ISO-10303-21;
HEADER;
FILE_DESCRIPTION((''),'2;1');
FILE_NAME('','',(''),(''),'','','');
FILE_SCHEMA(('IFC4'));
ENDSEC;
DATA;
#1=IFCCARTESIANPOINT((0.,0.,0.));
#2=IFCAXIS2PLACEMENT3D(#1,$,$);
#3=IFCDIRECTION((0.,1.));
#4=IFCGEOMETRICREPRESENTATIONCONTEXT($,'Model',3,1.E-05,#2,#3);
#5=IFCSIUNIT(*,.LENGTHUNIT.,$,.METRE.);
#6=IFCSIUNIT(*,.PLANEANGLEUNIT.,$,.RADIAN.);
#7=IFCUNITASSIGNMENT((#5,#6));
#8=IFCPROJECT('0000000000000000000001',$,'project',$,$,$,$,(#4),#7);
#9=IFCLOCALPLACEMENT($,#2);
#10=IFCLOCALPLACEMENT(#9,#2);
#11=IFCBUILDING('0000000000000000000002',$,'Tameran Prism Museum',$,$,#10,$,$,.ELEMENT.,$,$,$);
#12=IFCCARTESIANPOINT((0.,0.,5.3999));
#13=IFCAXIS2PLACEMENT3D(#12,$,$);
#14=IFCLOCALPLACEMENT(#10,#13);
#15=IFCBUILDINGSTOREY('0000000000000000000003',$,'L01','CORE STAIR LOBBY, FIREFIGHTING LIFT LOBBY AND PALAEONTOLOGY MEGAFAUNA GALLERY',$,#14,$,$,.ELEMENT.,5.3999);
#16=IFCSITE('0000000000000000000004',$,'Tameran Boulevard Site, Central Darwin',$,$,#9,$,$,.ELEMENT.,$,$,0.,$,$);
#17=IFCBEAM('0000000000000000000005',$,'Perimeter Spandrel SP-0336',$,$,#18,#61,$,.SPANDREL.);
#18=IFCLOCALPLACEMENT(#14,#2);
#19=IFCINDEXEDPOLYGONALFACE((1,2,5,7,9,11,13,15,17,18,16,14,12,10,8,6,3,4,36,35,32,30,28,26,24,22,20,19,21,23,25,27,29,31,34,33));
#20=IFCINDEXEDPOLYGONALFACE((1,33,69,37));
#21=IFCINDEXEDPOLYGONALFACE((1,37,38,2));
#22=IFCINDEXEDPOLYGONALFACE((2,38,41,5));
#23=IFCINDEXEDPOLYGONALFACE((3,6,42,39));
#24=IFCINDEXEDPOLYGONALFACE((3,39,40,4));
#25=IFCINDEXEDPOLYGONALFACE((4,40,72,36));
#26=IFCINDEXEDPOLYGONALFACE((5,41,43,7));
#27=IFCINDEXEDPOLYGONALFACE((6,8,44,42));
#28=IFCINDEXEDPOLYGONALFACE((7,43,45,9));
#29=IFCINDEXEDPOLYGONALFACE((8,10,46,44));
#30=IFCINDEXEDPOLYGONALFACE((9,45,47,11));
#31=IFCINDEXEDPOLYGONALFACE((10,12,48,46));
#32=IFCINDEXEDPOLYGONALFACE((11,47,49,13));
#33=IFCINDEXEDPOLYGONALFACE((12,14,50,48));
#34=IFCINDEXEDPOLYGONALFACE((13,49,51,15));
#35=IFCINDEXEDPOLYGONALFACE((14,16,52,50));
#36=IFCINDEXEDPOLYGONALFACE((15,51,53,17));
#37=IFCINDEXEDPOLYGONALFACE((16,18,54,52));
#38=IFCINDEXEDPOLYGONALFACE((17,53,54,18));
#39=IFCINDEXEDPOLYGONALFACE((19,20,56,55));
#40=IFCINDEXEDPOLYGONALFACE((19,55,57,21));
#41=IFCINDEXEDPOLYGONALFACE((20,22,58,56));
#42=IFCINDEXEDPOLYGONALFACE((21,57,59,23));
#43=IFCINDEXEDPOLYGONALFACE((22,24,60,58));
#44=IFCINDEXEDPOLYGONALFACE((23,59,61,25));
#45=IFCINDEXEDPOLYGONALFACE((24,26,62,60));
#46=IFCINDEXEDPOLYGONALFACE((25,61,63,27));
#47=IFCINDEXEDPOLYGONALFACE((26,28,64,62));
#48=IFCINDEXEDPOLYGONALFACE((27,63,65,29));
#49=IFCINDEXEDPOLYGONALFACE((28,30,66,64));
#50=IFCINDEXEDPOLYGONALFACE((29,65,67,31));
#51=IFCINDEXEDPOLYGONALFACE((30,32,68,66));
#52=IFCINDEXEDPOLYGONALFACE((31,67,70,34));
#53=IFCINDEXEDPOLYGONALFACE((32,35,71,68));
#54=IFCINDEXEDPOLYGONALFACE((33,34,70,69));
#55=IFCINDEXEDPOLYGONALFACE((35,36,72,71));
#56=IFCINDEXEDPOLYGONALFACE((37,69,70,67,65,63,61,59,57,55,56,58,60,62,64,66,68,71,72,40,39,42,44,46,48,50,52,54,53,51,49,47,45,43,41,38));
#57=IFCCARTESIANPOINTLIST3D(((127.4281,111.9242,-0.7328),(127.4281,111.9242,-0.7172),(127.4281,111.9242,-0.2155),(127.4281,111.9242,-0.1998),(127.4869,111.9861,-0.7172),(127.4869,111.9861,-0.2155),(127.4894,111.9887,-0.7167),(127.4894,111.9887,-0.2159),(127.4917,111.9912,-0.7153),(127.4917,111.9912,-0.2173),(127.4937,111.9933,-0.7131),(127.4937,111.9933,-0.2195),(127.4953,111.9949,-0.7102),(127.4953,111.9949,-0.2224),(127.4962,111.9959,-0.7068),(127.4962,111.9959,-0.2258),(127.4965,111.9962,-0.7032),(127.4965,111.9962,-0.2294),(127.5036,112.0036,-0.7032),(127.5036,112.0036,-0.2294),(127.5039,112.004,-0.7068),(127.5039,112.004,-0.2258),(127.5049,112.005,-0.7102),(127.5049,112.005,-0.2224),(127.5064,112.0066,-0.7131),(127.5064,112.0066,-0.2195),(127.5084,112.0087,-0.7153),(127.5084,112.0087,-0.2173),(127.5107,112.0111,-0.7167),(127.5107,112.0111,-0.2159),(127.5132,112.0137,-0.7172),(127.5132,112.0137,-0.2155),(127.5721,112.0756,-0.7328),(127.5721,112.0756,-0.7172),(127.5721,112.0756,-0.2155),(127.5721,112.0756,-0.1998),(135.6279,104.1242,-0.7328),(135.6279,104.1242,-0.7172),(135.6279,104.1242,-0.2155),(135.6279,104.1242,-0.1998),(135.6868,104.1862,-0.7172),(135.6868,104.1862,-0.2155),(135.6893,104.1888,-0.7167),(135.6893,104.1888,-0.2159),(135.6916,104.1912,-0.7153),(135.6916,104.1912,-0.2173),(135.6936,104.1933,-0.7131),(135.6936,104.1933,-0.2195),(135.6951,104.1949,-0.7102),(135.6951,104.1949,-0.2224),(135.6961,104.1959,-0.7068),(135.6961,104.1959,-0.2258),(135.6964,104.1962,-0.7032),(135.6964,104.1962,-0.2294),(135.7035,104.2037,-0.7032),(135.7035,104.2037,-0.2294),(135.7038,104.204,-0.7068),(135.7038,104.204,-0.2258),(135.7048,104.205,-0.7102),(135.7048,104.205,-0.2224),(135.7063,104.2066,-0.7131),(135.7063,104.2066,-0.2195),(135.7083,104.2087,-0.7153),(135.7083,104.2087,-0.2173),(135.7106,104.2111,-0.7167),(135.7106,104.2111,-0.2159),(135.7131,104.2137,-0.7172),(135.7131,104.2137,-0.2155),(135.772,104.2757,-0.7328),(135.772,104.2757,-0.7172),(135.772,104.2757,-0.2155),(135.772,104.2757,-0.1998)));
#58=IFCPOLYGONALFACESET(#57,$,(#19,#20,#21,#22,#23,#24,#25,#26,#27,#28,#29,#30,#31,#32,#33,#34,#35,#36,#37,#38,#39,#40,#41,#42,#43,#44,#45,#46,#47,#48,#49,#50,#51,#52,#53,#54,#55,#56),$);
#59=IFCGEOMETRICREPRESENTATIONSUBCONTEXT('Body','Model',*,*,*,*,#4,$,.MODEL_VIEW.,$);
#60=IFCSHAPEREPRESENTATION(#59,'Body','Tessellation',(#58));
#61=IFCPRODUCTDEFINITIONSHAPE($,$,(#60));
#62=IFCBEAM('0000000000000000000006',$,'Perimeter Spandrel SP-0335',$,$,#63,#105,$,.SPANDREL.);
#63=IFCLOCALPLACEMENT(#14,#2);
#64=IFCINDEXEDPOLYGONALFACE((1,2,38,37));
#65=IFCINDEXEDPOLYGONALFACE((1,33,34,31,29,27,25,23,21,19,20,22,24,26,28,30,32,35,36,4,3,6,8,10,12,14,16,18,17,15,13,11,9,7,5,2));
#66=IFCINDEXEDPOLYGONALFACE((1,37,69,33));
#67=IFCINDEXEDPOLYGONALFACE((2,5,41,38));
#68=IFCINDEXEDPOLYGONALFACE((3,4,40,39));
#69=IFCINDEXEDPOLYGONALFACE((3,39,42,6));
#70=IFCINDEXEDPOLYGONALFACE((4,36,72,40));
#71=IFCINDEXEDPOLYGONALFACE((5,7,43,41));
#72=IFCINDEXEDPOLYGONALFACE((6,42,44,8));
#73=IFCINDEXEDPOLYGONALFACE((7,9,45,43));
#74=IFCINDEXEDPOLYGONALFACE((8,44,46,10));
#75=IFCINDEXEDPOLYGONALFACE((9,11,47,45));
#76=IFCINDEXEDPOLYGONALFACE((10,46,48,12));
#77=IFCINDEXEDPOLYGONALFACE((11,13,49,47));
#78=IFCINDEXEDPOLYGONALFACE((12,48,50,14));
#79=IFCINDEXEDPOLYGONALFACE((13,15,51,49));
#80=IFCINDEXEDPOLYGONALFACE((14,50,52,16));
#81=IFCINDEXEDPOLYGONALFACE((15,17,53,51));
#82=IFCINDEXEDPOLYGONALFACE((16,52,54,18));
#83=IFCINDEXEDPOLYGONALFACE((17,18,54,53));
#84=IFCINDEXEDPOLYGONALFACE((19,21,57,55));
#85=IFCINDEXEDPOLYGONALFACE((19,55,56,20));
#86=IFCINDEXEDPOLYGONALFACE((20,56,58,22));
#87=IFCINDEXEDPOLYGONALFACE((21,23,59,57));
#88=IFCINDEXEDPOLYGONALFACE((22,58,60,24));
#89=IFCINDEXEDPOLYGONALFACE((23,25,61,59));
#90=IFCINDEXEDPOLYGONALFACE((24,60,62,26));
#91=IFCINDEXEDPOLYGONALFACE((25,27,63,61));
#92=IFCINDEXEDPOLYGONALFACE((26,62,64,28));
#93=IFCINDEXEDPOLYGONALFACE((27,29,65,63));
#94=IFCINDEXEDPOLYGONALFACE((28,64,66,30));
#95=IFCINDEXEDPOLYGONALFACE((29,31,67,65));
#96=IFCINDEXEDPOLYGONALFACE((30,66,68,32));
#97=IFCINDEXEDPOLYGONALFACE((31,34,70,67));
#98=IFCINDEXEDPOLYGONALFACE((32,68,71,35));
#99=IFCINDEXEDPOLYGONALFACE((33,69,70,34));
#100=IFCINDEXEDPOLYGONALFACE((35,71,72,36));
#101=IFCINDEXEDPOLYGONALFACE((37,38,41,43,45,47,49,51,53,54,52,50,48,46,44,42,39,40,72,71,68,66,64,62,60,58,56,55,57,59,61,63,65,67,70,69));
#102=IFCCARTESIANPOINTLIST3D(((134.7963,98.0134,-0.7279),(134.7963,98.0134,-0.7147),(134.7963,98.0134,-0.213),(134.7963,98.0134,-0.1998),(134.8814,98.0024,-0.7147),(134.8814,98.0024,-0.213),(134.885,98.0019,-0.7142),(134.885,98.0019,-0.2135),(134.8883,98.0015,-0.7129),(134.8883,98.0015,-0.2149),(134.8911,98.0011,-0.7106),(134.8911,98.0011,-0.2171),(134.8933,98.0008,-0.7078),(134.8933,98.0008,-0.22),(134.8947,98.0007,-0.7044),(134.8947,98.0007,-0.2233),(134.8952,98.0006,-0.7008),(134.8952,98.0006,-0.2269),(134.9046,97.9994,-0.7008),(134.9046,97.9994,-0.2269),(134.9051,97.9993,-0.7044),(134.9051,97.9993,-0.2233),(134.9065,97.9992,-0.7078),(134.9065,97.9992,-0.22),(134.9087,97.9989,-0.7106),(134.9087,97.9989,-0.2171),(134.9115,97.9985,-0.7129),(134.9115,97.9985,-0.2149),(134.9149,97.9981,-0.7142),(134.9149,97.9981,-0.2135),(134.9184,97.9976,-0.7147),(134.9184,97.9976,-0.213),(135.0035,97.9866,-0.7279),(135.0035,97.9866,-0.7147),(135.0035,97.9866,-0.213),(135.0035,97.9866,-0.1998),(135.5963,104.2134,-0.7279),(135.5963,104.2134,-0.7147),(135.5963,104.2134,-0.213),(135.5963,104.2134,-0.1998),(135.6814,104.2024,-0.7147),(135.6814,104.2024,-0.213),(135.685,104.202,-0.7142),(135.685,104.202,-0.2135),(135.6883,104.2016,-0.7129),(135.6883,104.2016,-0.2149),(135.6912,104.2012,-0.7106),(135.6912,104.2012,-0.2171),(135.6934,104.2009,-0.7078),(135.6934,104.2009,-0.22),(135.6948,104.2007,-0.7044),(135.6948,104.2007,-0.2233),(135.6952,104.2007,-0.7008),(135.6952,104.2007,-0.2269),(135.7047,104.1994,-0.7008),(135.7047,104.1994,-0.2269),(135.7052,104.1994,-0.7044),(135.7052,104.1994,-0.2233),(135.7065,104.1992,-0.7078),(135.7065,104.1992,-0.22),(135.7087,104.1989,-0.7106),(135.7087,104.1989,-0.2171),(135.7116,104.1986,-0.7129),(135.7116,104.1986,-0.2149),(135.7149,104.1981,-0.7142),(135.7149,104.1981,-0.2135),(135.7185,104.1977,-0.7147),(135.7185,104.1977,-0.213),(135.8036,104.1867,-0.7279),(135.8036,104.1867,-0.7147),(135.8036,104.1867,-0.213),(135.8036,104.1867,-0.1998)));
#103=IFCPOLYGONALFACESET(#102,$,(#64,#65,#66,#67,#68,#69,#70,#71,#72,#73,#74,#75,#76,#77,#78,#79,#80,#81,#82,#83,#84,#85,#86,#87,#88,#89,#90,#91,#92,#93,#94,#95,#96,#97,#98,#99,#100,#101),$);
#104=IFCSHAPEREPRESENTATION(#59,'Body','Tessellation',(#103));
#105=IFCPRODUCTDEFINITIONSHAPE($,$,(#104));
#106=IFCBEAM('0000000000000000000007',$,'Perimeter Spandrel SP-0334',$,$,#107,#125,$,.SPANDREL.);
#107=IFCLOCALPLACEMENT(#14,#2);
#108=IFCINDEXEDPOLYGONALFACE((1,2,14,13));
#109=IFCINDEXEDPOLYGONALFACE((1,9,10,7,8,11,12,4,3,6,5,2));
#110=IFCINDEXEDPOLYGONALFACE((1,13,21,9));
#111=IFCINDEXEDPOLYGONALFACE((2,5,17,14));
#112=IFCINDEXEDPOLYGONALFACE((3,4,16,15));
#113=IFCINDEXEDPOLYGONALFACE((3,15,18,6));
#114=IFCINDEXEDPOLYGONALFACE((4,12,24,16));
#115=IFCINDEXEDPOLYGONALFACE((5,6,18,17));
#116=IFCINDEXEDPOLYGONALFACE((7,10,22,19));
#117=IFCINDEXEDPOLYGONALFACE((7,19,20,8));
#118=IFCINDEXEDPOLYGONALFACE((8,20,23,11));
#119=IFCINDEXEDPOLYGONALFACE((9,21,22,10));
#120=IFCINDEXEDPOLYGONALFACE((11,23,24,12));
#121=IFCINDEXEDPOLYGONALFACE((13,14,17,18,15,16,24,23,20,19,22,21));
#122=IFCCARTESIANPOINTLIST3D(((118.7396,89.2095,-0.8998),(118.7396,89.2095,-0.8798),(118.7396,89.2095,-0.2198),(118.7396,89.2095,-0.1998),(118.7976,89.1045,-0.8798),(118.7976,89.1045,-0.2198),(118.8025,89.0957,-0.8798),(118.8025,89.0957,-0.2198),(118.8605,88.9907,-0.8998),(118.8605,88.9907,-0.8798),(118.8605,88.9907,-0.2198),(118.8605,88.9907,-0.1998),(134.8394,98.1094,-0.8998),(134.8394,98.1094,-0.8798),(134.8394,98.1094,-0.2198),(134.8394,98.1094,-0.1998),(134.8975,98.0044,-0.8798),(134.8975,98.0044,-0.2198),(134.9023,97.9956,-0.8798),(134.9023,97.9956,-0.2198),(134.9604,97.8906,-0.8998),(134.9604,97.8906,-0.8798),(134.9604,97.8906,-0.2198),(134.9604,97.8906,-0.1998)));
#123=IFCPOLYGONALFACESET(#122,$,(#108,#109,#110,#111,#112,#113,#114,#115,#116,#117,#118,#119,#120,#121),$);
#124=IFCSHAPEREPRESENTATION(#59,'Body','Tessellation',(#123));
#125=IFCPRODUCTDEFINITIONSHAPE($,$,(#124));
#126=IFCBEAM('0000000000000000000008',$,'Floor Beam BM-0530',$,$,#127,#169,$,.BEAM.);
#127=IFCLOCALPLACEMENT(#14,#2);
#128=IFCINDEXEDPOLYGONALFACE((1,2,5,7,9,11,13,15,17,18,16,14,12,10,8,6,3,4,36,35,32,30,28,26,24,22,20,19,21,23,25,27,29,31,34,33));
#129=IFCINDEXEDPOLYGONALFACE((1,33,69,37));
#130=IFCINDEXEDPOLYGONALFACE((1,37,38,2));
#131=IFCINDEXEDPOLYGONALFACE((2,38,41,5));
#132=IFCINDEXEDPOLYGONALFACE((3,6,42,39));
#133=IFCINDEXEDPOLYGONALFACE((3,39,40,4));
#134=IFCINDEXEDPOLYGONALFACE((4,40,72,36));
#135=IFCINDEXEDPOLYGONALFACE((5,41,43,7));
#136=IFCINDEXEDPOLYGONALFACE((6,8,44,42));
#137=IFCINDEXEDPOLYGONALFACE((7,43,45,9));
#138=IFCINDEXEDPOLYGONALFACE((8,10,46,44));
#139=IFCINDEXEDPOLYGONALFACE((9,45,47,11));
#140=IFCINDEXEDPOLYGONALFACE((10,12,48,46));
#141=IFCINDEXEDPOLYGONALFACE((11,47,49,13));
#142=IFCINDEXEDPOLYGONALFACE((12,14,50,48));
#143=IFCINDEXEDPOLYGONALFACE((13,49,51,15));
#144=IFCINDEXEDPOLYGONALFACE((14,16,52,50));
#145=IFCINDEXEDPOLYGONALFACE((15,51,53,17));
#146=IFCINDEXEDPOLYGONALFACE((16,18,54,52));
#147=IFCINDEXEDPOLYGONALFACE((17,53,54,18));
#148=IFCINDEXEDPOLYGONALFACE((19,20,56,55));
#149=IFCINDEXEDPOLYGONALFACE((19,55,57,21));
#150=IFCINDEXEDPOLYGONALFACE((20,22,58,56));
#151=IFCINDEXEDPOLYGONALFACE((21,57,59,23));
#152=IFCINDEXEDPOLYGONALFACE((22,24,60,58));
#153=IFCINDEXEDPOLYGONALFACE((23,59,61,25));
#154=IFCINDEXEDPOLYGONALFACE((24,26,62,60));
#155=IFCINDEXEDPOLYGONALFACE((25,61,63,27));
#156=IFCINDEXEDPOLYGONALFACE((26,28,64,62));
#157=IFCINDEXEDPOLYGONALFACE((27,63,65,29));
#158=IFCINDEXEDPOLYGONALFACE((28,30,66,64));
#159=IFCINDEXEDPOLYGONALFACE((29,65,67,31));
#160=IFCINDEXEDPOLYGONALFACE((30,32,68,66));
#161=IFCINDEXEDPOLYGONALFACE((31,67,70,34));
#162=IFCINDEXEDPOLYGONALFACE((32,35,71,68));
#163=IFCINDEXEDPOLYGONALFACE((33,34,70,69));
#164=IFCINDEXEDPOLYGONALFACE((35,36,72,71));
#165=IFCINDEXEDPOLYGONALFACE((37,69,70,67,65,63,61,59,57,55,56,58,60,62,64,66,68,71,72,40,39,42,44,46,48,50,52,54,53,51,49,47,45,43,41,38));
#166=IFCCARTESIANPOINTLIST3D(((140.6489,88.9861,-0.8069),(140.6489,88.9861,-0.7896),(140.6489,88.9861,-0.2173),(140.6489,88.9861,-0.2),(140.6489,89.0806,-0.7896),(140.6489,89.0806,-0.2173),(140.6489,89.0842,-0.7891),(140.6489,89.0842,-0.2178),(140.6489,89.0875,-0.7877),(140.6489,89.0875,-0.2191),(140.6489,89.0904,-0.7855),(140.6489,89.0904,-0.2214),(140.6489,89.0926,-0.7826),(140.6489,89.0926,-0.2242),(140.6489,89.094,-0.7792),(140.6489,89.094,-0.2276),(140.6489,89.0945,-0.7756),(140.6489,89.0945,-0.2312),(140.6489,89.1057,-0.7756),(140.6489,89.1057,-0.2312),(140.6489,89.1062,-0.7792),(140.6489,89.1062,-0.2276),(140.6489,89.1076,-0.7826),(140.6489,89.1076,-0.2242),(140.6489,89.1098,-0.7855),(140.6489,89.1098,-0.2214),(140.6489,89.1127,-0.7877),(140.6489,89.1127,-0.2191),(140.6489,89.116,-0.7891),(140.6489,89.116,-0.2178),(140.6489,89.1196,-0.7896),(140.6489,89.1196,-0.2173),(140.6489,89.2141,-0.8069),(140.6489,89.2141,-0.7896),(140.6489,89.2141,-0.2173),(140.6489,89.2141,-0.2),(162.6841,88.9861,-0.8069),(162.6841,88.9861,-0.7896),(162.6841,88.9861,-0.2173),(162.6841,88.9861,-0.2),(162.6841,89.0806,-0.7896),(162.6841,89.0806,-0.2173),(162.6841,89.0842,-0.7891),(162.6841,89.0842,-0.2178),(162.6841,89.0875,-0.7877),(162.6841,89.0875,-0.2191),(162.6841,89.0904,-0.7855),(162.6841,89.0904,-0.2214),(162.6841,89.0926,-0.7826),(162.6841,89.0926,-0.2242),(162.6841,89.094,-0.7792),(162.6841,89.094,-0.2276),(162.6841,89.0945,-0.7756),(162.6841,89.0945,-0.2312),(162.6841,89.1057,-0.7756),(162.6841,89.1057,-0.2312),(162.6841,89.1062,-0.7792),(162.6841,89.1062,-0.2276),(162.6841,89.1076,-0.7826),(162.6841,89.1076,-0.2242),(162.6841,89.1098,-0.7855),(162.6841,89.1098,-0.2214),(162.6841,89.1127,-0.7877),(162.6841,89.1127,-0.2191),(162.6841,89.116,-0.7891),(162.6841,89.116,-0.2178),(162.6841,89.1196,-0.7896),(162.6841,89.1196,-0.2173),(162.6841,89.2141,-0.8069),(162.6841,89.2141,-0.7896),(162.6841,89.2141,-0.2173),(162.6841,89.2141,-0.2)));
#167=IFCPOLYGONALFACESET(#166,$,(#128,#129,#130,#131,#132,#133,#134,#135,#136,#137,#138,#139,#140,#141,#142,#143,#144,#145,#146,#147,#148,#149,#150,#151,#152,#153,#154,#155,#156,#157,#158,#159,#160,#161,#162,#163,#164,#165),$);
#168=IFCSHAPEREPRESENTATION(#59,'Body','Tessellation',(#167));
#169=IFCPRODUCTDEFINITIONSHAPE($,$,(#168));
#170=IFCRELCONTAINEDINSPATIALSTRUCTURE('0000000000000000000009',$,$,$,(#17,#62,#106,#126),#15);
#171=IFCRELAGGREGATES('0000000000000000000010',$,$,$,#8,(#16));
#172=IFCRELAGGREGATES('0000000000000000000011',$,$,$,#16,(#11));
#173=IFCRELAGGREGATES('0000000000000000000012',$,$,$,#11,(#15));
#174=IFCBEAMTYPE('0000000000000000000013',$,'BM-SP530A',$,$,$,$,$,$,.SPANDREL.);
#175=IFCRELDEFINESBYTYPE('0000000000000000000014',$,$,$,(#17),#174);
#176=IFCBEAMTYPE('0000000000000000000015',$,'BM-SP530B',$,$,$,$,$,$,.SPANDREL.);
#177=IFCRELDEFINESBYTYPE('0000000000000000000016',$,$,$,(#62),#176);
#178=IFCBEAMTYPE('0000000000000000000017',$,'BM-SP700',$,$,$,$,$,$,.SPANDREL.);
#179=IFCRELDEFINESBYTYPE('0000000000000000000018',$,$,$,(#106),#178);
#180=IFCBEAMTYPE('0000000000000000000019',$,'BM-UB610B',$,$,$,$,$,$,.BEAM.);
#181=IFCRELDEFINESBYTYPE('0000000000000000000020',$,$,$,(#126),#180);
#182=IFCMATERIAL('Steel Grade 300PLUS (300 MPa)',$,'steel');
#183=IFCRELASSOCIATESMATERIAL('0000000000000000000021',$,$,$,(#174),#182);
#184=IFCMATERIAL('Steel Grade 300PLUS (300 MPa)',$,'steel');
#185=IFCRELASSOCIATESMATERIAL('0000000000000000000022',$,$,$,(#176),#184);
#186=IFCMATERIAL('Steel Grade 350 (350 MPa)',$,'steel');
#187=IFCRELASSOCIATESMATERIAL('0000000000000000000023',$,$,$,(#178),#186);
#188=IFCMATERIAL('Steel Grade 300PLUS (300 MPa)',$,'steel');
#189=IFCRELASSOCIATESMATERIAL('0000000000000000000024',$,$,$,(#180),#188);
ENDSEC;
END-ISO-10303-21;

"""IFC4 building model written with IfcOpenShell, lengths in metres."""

from ifc_helpers import new_model, si_unit, direction, frame, origin, origin_2d, place, context, subcontext, project, spatial, i_section, extrude, material, material_profile, profile_set, type_object, element, save


model = new_model("IFC4")

# Units and contexts
model_context = context("Model", 3, precision=1e-05, world=origin(), true_north=direction((0.0, 1.0)))
body_context = subcontext(model_context, "Body", "Model", "MODEL_VIEW")
ifc_project = project(units=[si_unit("LENGTHUNIT", "METRE"), si_unit("PLANEANGLEUNIT", "RADIAN")], contexts=[model_context])

# Site, building, storey
site_placement = place(None, origin())
site = spatial("IfcSite", under=ifc_project, at=site_placement, Name="Tameran Boulevard Site, Central Darwin", CompositionType="ELEMENT", RefElevation=0.0)
building_placement = place(site_placement, origin())
building = spatial("IfcBuilding", under=site, at=building_placement, Name="Tameran Prism Museum", CompositionType="ELEMENT")
storey_placement = place(building_placement, frame((0.0, 0.0, 5.3999)))
storey = spatial("IfcBuildingStorey", under=building, at=storey_placement, Name="L01", Description="CORE STAIR LOBBY, FIREFIGHTING LIFT LOBBY AND PALAEONTOLOGY MEGAFAUNA GALLERY", CompositionType="ELEMENT", Elevation=5.3999)

# Beams
ifc_material_1 = material(Name="Steel Grade 300PLUS (300 MPa)", Category="steel")
ifc_material_profile_1 = material_profile(ifc_material_1, i_section(OverallWidth=0.209, OverallDepth=0.533, WebThickness=0.0103, FlangeThickness=0.0156, FilletRadius=0.0139, at=origin_2d()))
ifc_profile_set_1 = profile_set([ifc_material_profile_1])
beam_type_1 = type_object("IfcBeamType", Name="BM-SP530A", PredefinedType="SPANDREL", material=ifc_profile_set_1)
beam_1_placement = place(storey_placement, frame((135.7, 104.2, -0.4663), z_axis=(-0.724554, 0.689218, 0.0), x_axis=(-0.689218, -0.724554, 0.0)))
element("IfcBeam", 1, at=beam_1_placement, inside=storey, type_object=beam_type_1, Name="Perimeter Spandrel SP-0336", PredefinedType="SPANDREL", context=body_context, shape_type="SweptSolid", body=[
    extrude(i_section(OverallWidth=0.209, OverallDepth=0.533, WebThickness=0.0103, FlangeThickness=0.0156, FilletRadius=0.0139, at=origin_2d()), origin(), (0.0, 0.0, 1.0), 11.3171),
])
ifc_material_2 = material(Name="Steel Grade 300PLUS (300 MPa)", Category="steel")
ifc_material_profile_2 = material_profile(ifc_material_2, i_section(OverallWidth=0.209, OverallDepth=0.5281, WebThickness=0.0095, FlangeThickness=0.0132, FilletRadius=0.0139, at=origin_2d()))
ifc_profile_set_2 = profile_set([ifc_material_profile_2])
beam_type_2 = type_object("IfcBeamType", Name="BM-SP530B", PredefinedType="SPANDREL", material=ifc_profile_set_2)
beam_2_placement = place(storey_placement, frame((134.8999, 98.0, -0.4639), z_axis=(0.12798, 0.991777, 0.0), x_axis=(-0.991777, 0.12798, 0.0)))
element("IfcBeam", 2, at=beam_2_placement, inside=storey, type_object=beam_type_2, Name="Perimeter Spandrel SP-0335", PredefinedType="SPANDREL", context=body_context, shape_type="SweptSolid", body=[
    extrude(i_section(OverallWidth=0.209, OverallDepth=0.5281, WebThickness=0.0095, FlangeThickness=0.0132, FilletRadius=0.0139, at=origin_2d()), origin(), (0.0, 0.0, 1.0), 6.2515),
])
ifc_material_3 = material(Name="Steel Grade 350 (350 MPa)", Category="steel")
ifc_material_profile_3 = material_profile(ifc_material_3, i_section(OverallWidth=0.25, OverallDepth=0.7, WebThickness=0.01, FlangeThickness=0.02, at=origin_2d()))
ifc_profile_set_3 = profile_set([ifc_material_profile_3])
beam_type_3 = type_object("IfcBeamType", Name="BM-SP700", PredefinedType="SPANDREL", material=ifc_profile_set_3)
beam_3_placement = place(storey_placement, frame((134.8999, 98.0, -0.5498), z_axis=(-0.875181, -0.483795, 0.0), x_axis=(0.483795, -0.875181, 0.0)))
element("IfcBeam", 3, at=beam_3_placement, inside=storey, type_object=beam_type_3, Name="Perimeter Spandrel SP-0334", PredefinedType="SPANDREL", context=body_context, shape_type="SweptSolid", body=[
    extrude(i_section(OverallWidth=0.25, OverallDepth=0.7, WebThickness=0.01, FlangeThickness=0.02, at=origin_2d()), origin(), (0.0, 0.0, 1.0), 18.396),
])
ifc_material_4 = material(Name="Steel Grade 300PLUS (300 MPa)", Category="steel")
ifc_material_profile_4 = material_profile(ifc_material_4, i_section(OverallWidth=0.228, OverallDepth=0.6069, WebThickness=0.0112, FlangeThickness=0.0173, FilletRadius=0.0139, at=origin_2d()))
ifc_profile_set_4 = profile_set([ifc_material_profile_4])
beam_type_4 = type_object("IfcBeamType", Name="BM-UB610B", PredefinedType="BEAM", material=ifc_profile_set_4)
beam_4_placement = place(storey_placement, frame((140.6489, 89.1001, -0.5034), z_axis=(1.0, 0.0, 0.0), x_axis=(0.0, 1.0, 0.0)))
element("IfcBeam", 4, at=beam_4_placement, inside=storey, type_object=beam_type_4, Name="Floor Beam BM-0530", PredefinedType="BEAM", context=body_context, shape_type="SweptSolid", body=[
    extrude(i_section(OverallWidth=0.228, OverallDepth=0.6069, WebThickness=0.0112, FlangeThickness=0.0173, FilletRadius=0.0139, at=origin_2d()), origin(), (0.0, 0.0, 1.0), 22.0352),
])

save(model, "model.ifc")
